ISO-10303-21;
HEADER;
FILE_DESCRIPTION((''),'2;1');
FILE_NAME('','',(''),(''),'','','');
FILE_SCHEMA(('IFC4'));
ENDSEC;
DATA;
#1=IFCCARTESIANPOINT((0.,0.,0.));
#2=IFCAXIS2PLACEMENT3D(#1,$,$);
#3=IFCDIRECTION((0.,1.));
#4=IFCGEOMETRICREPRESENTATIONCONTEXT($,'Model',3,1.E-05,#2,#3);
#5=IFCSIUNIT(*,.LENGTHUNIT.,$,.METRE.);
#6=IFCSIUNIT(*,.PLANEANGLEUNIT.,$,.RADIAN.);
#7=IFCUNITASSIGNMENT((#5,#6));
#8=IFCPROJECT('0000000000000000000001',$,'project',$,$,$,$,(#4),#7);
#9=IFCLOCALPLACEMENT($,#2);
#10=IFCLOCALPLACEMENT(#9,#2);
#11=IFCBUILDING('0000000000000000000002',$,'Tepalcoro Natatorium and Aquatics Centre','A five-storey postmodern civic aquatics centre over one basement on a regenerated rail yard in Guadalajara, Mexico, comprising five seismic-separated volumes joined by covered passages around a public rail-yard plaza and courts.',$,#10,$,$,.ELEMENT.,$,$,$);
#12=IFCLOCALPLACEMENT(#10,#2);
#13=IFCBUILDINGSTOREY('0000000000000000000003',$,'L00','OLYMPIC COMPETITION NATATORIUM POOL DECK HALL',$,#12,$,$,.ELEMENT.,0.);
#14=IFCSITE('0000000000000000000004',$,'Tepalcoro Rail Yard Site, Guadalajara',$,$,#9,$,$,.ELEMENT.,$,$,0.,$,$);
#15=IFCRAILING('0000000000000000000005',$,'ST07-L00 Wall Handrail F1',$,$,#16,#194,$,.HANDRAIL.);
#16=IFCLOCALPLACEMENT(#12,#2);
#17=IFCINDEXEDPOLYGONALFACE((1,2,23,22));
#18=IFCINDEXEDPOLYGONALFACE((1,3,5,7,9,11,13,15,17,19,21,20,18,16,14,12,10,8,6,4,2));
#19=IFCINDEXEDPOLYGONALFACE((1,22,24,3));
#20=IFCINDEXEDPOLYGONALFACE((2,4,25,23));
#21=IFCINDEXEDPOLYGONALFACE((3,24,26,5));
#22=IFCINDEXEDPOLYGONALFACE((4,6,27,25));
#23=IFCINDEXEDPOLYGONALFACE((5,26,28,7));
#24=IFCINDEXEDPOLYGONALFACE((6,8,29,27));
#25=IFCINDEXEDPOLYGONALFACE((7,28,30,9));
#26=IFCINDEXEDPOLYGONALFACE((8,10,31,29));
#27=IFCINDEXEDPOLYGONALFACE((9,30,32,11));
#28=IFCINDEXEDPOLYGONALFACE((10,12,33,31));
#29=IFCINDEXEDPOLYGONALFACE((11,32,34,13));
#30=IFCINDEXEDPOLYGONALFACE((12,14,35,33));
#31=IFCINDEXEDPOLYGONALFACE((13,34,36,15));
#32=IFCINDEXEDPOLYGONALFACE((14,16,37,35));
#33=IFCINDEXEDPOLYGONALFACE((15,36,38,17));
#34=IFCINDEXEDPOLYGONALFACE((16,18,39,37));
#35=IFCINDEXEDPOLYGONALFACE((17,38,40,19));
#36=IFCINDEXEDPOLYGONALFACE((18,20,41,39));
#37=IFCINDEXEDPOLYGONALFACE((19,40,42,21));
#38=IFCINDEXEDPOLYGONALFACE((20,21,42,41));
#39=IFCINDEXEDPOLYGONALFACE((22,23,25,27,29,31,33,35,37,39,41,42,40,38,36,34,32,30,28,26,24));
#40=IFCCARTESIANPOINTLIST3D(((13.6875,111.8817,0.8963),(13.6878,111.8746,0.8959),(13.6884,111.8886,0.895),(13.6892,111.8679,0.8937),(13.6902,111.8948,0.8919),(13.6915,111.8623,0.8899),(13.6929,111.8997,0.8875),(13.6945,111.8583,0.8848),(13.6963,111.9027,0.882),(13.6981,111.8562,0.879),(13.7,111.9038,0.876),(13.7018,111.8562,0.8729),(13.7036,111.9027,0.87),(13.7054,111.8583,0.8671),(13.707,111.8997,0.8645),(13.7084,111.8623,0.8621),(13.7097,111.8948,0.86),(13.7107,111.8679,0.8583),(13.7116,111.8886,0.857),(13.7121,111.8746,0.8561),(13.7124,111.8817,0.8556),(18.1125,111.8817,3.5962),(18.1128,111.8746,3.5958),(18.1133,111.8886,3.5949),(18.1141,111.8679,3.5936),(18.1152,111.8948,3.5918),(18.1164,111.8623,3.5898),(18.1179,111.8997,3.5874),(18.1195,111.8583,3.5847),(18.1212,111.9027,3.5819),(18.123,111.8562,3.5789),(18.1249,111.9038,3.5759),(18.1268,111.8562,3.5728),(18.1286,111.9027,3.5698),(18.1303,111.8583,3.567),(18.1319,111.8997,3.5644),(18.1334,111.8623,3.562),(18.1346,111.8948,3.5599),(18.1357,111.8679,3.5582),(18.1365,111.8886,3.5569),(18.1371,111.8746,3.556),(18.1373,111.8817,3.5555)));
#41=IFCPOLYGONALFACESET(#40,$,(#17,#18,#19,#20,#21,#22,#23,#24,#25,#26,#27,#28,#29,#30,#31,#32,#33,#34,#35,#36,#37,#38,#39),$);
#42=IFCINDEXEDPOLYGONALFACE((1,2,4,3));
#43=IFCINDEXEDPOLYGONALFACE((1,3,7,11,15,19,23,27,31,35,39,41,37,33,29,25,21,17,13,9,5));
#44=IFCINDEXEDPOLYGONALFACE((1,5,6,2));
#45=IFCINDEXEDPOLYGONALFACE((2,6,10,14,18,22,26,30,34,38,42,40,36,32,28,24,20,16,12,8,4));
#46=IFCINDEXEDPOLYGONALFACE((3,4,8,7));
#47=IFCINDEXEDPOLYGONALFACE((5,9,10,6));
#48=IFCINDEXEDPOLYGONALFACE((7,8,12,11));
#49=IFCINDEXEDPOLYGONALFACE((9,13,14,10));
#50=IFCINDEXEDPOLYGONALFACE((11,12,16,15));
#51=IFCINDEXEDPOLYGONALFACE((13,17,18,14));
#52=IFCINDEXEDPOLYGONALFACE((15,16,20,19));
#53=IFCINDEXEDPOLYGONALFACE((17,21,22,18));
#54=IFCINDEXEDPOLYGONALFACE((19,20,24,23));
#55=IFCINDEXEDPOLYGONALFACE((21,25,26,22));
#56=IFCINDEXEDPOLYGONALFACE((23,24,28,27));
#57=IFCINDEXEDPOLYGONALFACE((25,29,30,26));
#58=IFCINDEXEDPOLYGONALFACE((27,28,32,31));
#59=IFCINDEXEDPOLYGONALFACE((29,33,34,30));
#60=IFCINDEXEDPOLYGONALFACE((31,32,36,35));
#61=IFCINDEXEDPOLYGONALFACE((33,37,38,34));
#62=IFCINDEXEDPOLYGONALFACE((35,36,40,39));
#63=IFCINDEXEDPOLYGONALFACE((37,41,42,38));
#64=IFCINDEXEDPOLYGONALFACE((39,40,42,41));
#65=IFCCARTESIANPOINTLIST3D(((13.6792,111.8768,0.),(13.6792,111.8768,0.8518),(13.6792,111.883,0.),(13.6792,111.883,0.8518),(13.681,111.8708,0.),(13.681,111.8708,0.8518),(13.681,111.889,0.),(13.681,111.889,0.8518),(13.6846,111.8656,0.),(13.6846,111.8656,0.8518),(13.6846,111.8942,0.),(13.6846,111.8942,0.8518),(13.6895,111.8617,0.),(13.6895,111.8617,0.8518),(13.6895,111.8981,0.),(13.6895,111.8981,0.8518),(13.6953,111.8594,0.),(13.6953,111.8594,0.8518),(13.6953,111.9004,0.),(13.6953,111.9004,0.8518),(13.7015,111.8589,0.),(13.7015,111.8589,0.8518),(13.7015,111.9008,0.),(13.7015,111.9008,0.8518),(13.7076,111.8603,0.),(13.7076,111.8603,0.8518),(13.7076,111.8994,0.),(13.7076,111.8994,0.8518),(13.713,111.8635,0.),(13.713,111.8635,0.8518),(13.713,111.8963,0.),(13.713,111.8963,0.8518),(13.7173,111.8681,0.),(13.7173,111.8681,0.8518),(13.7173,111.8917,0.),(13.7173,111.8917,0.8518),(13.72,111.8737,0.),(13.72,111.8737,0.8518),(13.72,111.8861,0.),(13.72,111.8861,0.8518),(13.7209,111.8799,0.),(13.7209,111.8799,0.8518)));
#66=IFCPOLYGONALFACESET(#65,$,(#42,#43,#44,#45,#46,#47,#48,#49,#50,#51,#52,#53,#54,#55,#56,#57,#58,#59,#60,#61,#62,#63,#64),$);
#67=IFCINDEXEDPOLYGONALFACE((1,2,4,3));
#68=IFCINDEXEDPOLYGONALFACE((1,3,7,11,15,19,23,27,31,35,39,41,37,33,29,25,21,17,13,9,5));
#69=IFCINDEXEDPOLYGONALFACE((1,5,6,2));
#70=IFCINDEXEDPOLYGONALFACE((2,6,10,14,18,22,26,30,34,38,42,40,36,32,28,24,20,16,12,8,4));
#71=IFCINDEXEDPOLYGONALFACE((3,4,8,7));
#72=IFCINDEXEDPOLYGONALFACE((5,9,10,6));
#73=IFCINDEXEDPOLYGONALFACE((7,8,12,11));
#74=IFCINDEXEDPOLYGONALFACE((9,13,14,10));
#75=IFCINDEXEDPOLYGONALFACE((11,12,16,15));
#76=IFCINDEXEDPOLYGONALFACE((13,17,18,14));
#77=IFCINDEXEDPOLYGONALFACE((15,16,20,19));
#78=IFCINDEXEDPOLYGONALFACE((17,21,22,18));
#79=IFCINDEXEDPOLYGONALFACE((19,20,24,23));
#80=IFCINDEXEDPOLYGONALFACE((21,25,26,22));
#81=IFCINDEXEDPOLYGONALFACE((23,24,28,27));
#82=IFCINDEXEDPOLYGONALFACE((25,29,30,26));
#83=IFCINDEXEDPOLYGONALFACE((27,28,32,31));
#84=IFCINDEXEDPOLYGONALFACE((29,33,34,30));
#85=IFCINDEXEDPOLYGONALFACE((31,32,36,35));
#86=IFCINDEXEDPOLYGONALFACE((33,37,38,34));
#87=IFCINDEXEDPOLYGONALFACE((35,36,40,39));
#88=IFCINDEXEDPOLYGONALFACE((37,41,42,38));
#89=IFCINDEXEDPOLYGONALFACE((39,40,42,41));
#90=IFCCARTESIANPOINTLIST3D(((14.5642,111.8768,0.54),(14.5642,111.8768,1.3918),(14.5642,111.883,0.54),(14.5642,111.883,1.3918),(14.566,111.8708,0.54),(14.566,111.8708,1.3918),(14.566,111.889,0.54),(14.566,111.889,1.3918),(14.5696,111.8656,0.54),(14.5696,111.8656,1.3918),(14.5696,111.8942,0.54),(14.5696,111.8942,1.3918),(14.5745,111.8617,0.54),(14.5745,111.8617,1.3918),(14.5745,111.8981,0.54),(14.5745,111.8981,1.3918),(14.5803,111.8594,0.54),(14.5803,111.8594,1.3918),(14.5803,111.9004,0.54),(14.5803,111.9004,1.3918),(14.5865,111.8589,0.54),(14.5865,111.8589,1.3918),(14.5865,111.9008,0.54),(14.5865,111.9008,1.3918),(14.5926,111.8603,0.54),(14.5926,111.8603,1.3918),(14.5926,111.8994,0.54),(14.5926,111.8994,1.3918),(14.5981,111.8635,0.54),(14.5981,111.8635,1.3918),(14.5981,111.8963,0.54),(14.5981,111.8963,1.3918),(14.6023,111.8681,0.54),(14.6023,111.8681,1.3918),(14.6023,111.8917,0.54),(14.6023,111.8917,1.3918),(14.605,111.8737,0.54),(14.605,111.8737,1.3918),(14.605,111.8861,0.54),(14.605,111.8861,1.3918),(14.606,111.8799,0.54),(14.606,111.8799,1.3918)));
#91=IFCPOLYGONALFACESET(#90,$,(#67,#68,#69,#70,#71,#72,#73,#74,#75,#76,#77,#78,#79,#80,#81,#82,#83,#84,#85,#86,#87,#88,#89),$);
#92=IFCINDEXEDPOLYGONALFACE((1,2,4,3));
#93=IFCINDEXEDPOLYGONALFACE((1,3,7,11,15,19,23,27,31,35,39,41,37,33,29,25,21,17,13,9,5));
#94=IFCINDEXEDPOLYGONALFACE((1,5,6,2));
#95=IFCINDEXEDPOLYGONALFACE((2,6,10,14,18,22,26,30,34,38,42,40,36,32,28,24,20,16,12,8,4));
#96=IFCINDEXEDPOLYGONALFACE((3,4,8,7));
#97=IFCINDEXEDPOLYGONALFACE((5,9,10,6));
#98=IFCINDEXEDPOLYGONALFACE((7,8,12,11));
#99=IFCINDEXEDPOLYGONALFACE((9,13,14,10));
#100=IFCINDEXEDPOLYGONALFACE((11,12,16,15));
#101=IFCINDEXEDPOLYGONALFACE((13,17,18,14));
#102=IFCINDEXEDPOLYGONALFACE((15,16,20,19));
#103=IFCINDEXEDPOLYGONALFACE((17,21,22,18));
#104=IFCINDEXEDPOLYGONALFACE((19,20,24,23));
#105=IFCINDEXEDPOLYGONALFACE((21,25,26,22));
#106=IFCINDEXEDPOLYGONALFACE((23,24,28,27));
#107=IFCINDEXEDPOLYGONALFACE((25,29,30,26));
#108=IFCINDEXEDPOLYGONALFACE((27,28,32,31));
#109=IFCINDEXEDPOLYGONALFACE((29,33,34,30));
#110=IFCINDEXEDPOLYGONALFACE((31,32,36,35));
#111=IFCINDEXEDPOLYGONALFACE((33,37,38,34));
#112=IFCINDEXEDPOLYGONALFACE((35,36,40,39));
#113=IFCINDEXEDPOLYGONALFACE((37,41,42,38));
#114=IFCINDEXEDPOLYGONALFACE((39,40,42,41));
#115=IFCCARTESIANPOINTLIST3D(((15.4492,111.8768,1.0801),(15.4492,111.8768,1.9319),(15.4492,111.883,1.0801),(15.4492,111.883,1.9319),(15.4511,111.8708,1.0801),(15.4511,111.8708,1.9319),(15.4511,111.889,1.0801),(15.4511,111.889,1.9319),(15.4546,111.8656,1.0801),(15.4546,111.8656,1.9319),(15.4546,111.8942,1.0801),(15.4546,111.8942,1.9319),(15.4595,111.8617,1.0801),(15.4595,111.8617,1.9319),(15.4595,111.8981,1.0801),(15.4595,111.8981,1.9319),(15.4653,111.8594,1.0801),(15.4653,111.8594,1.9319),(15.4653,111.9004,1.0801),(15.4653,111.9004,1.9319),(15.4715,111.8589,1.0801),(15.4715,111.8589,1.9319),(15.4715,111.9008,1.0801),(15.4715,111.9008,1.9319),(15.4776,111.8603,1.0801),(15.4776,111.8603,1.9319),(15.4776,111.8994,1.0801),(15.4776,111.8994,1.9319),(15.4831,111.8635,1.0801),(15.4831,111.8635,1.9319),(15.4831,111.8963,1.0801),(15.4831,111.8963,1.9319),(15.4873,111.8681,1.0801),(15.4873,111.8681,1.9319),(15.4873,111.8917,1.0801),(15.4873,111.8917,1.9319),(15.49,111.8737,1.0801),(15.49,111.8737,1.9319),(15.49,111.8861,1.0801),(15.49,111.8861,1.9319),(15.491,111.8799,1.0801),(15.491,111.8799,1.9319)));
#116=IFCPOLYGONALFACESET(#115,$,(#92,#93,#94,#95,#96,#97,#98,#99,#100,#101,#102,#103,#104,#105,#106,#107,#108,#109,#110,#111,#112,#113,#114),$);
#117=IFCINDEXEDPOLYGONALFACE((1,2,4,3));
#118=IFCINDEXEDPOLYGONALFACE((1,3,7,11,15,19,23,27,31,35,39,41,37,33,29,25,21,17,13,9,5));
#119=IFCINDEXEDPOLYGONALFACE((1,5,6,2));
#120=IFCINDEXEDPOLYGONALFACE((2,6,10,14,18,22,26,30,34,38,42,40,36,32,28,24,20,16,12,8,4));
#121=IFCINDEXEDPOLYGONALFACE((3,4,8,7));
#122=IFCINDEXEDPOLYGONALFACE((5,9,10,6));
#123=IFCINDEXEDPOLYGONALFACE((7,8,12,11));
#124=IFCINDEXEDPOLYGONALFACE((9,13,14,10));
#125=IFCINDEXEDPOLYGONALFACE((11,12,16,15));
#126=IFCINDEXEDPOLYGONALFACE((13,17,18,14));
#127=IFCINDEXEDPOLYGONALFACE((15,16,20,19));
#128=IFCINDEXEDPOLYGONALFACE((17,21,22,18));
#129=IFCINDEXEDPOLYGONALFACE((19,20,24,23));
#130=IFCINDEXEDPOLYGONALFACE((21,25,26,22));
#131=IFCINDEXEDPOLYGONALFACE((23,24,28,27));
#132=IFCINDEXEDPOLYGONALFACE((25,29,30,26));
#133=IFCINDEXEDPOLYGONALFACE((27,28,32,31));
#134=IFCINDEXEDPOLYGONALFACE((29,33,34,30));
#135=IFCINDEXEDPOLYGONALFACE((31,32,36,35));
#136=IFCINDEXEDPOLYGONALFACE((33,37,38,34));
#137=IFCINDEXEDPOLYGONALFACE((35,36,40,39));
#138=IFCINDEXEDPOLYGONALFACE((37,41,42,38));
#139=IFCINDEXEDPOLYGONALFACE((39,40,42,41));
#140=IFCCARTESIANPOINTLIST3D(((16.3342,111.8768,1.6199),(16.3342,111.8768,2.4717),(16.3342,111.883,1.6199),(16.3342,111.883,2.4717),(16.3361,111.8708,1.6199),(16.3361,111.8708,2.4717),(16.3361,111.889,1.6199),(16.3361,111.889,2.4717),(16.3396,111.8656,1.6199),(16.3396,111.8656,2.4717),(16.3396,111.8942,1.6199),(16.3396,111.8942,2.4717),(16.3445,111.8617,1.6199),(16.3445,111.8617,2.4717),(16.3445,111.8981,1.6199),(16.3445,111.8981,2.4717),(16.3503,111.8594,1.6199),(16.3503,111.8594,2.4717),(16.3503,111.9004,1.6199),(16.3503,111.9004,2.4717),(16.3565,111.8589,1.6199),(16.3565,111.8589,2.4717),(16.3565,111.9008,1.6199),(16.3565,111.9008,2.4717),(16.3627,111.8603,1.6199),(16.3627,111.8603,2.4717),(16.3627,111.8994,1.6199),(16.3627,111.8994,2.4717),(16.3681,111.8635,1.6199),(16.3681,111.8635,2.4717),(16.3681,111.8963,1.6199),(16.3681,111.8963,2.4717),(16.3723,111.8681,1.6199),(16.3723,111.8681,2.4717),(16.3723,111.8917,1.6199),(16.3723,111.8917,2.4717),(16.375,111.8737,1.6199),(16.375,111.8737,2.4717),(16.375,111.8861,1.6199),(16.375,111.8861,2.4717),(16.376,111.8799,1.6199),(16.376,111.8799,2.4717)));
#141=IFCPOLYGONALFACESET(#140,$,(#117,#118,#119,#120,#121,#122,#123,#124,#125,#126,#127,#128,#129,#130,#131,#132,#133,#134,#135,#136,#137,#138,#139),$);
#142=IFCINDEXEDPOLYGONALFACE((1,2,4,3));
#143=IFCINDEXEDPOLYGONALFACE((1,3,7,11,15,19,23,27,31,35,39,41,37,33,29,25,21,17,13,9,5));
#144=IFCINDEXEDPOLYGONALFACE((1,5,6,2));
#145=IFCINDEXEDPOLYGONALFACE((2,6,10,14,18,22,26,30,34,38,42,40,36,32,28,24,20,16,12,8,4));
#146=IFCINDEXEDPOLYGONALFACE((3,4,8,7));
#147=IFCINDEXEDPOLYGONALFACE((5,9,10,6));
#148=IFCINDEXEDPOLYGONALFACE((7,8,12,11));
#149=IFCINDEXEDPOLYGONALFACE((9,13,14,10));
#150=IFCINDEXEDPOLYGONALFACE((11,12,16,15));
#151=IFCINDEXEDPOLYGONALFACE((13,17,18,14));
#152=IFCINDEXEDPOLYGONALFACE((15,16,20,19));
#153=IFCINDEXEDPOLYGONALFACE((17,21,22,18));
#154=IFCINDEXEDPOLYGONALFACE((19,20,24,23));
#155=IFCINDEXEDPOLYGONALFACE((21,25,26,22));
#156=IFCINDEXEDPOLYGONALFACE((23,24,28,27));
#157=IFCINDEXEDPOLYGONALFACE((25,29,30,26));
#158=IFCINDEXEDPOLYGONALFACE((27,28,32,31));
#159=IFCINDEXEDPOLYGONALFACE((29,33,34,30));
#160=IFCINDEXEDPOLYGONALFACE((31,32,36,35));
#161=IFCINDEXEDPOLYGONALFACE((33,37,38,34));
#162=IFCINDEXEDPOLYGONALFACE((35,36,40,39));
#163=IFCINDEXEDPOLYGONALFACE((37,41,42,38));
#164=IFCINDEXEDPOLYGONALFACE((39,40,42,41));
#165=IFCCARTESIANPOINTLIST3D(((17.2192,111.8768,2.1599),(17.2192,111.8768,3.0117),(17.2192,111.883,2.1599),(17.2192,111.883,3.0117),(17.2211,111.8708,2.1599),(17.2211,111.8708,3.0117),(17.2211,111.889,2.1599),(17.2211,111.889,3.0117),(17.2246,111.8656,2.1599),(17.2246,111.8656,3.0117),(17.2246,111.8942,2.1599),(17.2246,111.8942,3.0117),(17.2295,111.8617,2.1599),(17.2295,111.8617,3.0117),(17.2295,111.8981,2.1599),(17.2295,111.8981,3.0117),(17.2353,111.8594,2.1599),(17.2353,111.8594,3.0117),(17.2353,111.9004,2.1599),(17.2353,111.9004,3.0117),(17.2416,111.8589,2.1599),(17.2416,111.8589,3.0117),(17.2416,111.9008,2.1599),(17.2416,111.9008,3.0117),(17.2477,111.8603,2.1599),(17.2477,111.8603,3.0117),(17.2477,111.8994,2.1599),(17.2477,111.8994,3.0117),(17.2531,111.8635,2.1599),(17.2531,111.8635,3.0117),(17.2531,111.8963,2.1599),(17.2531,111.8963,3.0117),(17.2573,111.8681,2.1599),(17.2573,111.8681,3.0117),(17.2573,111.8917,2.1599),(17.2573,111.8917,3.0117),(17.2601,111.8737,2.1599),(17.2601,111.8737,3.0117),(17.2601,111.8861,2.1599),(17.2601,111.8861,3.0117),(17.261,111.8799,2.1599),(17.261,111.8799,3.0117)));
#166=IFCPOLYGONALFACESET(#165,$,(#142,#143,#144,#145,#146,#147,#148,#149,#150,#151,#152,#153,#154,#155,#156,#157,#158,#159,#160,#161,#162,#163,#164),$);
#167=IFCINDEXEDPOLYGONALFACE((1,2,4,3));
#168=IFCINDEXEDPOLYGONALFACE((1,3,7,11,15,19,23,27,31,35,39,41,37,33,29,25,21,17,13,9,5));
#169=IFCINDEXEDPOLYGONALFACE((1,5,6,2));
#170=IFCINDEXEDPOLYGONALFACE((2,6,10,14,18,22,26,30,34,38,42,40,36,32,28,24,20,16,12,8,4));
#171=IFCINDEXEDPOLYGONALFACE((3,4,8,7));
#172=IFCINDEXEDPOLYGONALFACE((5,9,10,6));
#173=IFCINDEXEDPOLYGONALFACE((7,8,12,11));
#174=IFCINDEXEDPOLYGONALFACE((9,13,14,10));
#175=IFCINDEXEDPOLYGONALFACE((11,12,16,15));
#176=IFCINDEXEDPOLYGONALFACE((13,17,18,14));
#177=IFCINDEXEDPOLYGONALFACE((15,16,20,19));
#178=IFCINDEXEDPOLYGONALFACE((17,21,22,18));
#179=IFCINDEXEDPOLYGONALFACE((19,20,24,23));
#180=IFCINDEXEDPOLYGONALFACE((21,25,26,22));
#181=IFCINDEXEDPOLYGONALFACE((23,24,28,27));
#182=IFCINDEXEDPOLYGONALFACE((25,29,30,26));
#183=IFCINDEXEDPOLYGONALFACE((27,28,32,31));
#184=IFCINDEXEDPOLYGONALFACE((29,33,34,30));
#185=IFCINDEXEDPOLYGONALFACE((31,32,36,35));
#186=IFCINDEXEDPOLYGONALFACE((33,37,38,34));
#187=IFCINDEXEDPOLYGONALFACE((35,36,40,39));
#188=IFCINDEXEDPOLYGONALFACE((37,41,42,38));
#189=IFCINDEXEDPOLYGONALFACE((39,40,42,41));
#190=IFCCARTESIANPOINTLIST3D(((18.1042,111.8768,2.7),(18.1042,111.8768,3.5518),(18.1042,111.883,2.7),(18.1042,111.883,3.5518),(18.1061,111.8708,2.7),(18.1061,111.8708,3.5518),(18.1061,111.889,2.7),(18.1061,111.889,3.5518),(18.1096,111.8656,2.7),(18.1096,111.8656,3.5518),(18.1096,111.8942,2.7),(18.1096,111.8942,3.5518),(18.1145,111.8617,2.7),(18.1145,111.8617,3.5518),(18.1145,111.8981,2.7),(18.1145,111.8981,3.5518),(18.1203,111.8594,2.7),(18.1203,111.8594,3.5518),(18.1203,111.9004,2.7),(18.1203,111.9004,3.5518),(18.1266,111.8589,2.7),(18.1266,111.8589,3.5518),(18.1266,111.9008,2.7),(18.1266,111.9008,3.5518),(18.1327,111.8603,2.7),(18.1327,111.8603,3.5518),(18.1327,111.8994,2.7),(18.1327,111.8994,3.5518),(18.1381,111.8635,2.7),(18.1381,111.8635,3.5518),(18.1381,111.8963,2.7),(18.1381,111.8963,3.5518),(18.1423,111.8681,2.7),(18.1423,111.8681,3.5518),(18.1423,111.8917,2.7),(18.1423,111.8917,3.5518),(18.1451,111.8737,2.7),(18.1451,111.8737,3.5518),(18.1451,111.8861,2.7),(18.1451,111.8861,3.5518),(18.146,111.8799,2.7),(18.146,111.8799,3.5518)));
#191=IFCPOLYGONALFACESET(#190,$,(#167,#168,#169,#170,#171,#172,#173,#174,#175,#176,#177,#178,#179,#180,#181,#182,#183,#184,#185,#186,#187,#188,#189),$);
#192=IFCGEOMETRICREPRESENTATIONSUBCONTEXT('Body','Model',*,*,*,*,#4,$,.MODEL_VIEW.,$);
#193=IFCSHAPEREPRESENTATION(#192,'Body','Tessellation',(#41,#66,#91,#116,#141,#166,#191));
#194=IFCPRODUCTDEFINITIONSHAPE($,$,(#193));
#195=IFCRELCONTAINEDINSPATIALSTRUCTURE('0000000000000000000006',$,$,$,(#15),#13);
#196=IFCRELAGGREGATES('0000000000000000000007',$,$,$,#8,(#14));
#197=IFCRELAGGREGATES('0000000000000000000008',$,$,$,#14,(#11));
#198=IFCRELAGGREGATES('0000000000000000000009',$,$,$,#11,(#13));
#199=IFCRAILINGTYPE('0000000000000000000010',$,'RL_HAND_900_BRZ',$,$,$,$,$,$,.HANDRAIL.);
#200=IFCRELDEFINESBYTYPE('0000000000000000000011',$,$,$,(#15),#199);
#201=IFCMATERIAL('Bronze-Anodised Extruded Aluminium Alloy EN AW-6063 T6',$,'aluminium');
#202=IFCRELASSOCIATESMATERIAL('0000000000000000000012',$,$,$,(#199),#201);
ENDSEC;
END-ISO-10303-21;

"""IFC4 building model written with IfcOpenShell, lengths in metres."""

from ifc_helpers import new_model, si_unit, direction, frame, origin, origin_2d, place, context, subcontext, project, spatial, circle, extrude, material, type_object, element, save


model = new_model("IFC4")

# Units and contexts
model_context = context("Model", 3, precision=1e-05, world=origin(), true_north=direction((0.0, 1.0)))
body_context = subcontext(model_context, "Body", "Model", "MODEL_VIEW")
ifc_project = project(units=[si_unit("LENGTHUNIT", "METRE"), si_unit("PLANEANGLEUNIT", "RADIAN")], contexts=[model_context])

# Site, building, storey
site_placement = place(None, origin())
site = spatial("IfcSite", under=ifc_project, at=site_placement, Name="Tepalcoro Rail Yard Site, Guadalajara", CompositionType="ELEMENT", RefElevation=0.0)
building_placement = place(site_placement, origin())
building = spatial("IfcBuilding", under=site, at=building_placement, Name="Tepalcoro Natatorium and Aquatics Centre", Description="A five-storey postmodern civic aquatics centre over one basement on a regenerated rail yard in Guadalajara, Mexico, comprising five seismic-separated volumes joined by covered passages around a public rail-yard plaza and courts.", CompositionType="ELEMENT")
storey_placement = place(building_placement, origin())
storey = spatial("IfcBuildingStorey", under=building, at=storey_placement, Name="L00", Description="OLYMPIC COMPETITION NATATORIUM POOL DECK HALL", CompositionType="ELEMENT", Elevation=0.0)

# Railing
ifc_material_1 = material(Name="Bronze-Anodised Extruded Aluminium Alloy EN AW-6063 T6", Category="aluminium")
railing_type_1 = type_object("IfcRailingType", Name="RL_HAND_900_BRZ", PredefinedType="HANDRAIL", material=ifc_material_1)
railing_1_placement = place(storey_placement, frame((13.7, 111.8799, 0.0)))
element("IfcRailing", 1, at=railing_1_placement, inside=storey, type_object=railing_type_1, Name="ST07-L00 Wall Handrail F1", PredefinedType="HANDRAIL", context=body_context, shape_type="SweptSolid", body=[
    extrude(circle(Radius=0.0239, at=origin_2d()), frame((0.0, 0.0, 0.876), z_axis=(0.853646, 0.0, 0.520854), x_axis=(0.0, 1.0, 0.0)), (0.0, 0.0, 1.0), 5.1836),
    extrude(circle(Radius=0.021, at=origin_2d()), origin(), (0.0, 0.0, 1.0), 0.8518),
    extrude(circle(Radius=0.021, at=origin_2d()), frame((0.885, 0.0, 0.54)), (0.0, 0.0, 1.0), 0.8518),
    extrude(circle(Radius=0.021, at=origin_2d()), frame((1.77, 0.0, 1.0801)), (0.0, 0.0, 1.0), 0.8518),
    extrude(circle(Radius=0.021, at=origin_2d()), frame((2.655, 0.0, 1.6199)), (0.0, 0.0, 1.0), 0.8518),
    extrude(circle(Radius=0.021, at=origin_2d()), frame((3.54, 0.0, 2.1599)), (0.0, 0.0, 1.0), 0.8518),
    extrude(circle(Radius=0.021, at=origin_2d()), frame((4.425, 0.0, 2.7)), (0.0, 0.0, 1.0), 0.8518),
])

save(model, "model.ifc")
